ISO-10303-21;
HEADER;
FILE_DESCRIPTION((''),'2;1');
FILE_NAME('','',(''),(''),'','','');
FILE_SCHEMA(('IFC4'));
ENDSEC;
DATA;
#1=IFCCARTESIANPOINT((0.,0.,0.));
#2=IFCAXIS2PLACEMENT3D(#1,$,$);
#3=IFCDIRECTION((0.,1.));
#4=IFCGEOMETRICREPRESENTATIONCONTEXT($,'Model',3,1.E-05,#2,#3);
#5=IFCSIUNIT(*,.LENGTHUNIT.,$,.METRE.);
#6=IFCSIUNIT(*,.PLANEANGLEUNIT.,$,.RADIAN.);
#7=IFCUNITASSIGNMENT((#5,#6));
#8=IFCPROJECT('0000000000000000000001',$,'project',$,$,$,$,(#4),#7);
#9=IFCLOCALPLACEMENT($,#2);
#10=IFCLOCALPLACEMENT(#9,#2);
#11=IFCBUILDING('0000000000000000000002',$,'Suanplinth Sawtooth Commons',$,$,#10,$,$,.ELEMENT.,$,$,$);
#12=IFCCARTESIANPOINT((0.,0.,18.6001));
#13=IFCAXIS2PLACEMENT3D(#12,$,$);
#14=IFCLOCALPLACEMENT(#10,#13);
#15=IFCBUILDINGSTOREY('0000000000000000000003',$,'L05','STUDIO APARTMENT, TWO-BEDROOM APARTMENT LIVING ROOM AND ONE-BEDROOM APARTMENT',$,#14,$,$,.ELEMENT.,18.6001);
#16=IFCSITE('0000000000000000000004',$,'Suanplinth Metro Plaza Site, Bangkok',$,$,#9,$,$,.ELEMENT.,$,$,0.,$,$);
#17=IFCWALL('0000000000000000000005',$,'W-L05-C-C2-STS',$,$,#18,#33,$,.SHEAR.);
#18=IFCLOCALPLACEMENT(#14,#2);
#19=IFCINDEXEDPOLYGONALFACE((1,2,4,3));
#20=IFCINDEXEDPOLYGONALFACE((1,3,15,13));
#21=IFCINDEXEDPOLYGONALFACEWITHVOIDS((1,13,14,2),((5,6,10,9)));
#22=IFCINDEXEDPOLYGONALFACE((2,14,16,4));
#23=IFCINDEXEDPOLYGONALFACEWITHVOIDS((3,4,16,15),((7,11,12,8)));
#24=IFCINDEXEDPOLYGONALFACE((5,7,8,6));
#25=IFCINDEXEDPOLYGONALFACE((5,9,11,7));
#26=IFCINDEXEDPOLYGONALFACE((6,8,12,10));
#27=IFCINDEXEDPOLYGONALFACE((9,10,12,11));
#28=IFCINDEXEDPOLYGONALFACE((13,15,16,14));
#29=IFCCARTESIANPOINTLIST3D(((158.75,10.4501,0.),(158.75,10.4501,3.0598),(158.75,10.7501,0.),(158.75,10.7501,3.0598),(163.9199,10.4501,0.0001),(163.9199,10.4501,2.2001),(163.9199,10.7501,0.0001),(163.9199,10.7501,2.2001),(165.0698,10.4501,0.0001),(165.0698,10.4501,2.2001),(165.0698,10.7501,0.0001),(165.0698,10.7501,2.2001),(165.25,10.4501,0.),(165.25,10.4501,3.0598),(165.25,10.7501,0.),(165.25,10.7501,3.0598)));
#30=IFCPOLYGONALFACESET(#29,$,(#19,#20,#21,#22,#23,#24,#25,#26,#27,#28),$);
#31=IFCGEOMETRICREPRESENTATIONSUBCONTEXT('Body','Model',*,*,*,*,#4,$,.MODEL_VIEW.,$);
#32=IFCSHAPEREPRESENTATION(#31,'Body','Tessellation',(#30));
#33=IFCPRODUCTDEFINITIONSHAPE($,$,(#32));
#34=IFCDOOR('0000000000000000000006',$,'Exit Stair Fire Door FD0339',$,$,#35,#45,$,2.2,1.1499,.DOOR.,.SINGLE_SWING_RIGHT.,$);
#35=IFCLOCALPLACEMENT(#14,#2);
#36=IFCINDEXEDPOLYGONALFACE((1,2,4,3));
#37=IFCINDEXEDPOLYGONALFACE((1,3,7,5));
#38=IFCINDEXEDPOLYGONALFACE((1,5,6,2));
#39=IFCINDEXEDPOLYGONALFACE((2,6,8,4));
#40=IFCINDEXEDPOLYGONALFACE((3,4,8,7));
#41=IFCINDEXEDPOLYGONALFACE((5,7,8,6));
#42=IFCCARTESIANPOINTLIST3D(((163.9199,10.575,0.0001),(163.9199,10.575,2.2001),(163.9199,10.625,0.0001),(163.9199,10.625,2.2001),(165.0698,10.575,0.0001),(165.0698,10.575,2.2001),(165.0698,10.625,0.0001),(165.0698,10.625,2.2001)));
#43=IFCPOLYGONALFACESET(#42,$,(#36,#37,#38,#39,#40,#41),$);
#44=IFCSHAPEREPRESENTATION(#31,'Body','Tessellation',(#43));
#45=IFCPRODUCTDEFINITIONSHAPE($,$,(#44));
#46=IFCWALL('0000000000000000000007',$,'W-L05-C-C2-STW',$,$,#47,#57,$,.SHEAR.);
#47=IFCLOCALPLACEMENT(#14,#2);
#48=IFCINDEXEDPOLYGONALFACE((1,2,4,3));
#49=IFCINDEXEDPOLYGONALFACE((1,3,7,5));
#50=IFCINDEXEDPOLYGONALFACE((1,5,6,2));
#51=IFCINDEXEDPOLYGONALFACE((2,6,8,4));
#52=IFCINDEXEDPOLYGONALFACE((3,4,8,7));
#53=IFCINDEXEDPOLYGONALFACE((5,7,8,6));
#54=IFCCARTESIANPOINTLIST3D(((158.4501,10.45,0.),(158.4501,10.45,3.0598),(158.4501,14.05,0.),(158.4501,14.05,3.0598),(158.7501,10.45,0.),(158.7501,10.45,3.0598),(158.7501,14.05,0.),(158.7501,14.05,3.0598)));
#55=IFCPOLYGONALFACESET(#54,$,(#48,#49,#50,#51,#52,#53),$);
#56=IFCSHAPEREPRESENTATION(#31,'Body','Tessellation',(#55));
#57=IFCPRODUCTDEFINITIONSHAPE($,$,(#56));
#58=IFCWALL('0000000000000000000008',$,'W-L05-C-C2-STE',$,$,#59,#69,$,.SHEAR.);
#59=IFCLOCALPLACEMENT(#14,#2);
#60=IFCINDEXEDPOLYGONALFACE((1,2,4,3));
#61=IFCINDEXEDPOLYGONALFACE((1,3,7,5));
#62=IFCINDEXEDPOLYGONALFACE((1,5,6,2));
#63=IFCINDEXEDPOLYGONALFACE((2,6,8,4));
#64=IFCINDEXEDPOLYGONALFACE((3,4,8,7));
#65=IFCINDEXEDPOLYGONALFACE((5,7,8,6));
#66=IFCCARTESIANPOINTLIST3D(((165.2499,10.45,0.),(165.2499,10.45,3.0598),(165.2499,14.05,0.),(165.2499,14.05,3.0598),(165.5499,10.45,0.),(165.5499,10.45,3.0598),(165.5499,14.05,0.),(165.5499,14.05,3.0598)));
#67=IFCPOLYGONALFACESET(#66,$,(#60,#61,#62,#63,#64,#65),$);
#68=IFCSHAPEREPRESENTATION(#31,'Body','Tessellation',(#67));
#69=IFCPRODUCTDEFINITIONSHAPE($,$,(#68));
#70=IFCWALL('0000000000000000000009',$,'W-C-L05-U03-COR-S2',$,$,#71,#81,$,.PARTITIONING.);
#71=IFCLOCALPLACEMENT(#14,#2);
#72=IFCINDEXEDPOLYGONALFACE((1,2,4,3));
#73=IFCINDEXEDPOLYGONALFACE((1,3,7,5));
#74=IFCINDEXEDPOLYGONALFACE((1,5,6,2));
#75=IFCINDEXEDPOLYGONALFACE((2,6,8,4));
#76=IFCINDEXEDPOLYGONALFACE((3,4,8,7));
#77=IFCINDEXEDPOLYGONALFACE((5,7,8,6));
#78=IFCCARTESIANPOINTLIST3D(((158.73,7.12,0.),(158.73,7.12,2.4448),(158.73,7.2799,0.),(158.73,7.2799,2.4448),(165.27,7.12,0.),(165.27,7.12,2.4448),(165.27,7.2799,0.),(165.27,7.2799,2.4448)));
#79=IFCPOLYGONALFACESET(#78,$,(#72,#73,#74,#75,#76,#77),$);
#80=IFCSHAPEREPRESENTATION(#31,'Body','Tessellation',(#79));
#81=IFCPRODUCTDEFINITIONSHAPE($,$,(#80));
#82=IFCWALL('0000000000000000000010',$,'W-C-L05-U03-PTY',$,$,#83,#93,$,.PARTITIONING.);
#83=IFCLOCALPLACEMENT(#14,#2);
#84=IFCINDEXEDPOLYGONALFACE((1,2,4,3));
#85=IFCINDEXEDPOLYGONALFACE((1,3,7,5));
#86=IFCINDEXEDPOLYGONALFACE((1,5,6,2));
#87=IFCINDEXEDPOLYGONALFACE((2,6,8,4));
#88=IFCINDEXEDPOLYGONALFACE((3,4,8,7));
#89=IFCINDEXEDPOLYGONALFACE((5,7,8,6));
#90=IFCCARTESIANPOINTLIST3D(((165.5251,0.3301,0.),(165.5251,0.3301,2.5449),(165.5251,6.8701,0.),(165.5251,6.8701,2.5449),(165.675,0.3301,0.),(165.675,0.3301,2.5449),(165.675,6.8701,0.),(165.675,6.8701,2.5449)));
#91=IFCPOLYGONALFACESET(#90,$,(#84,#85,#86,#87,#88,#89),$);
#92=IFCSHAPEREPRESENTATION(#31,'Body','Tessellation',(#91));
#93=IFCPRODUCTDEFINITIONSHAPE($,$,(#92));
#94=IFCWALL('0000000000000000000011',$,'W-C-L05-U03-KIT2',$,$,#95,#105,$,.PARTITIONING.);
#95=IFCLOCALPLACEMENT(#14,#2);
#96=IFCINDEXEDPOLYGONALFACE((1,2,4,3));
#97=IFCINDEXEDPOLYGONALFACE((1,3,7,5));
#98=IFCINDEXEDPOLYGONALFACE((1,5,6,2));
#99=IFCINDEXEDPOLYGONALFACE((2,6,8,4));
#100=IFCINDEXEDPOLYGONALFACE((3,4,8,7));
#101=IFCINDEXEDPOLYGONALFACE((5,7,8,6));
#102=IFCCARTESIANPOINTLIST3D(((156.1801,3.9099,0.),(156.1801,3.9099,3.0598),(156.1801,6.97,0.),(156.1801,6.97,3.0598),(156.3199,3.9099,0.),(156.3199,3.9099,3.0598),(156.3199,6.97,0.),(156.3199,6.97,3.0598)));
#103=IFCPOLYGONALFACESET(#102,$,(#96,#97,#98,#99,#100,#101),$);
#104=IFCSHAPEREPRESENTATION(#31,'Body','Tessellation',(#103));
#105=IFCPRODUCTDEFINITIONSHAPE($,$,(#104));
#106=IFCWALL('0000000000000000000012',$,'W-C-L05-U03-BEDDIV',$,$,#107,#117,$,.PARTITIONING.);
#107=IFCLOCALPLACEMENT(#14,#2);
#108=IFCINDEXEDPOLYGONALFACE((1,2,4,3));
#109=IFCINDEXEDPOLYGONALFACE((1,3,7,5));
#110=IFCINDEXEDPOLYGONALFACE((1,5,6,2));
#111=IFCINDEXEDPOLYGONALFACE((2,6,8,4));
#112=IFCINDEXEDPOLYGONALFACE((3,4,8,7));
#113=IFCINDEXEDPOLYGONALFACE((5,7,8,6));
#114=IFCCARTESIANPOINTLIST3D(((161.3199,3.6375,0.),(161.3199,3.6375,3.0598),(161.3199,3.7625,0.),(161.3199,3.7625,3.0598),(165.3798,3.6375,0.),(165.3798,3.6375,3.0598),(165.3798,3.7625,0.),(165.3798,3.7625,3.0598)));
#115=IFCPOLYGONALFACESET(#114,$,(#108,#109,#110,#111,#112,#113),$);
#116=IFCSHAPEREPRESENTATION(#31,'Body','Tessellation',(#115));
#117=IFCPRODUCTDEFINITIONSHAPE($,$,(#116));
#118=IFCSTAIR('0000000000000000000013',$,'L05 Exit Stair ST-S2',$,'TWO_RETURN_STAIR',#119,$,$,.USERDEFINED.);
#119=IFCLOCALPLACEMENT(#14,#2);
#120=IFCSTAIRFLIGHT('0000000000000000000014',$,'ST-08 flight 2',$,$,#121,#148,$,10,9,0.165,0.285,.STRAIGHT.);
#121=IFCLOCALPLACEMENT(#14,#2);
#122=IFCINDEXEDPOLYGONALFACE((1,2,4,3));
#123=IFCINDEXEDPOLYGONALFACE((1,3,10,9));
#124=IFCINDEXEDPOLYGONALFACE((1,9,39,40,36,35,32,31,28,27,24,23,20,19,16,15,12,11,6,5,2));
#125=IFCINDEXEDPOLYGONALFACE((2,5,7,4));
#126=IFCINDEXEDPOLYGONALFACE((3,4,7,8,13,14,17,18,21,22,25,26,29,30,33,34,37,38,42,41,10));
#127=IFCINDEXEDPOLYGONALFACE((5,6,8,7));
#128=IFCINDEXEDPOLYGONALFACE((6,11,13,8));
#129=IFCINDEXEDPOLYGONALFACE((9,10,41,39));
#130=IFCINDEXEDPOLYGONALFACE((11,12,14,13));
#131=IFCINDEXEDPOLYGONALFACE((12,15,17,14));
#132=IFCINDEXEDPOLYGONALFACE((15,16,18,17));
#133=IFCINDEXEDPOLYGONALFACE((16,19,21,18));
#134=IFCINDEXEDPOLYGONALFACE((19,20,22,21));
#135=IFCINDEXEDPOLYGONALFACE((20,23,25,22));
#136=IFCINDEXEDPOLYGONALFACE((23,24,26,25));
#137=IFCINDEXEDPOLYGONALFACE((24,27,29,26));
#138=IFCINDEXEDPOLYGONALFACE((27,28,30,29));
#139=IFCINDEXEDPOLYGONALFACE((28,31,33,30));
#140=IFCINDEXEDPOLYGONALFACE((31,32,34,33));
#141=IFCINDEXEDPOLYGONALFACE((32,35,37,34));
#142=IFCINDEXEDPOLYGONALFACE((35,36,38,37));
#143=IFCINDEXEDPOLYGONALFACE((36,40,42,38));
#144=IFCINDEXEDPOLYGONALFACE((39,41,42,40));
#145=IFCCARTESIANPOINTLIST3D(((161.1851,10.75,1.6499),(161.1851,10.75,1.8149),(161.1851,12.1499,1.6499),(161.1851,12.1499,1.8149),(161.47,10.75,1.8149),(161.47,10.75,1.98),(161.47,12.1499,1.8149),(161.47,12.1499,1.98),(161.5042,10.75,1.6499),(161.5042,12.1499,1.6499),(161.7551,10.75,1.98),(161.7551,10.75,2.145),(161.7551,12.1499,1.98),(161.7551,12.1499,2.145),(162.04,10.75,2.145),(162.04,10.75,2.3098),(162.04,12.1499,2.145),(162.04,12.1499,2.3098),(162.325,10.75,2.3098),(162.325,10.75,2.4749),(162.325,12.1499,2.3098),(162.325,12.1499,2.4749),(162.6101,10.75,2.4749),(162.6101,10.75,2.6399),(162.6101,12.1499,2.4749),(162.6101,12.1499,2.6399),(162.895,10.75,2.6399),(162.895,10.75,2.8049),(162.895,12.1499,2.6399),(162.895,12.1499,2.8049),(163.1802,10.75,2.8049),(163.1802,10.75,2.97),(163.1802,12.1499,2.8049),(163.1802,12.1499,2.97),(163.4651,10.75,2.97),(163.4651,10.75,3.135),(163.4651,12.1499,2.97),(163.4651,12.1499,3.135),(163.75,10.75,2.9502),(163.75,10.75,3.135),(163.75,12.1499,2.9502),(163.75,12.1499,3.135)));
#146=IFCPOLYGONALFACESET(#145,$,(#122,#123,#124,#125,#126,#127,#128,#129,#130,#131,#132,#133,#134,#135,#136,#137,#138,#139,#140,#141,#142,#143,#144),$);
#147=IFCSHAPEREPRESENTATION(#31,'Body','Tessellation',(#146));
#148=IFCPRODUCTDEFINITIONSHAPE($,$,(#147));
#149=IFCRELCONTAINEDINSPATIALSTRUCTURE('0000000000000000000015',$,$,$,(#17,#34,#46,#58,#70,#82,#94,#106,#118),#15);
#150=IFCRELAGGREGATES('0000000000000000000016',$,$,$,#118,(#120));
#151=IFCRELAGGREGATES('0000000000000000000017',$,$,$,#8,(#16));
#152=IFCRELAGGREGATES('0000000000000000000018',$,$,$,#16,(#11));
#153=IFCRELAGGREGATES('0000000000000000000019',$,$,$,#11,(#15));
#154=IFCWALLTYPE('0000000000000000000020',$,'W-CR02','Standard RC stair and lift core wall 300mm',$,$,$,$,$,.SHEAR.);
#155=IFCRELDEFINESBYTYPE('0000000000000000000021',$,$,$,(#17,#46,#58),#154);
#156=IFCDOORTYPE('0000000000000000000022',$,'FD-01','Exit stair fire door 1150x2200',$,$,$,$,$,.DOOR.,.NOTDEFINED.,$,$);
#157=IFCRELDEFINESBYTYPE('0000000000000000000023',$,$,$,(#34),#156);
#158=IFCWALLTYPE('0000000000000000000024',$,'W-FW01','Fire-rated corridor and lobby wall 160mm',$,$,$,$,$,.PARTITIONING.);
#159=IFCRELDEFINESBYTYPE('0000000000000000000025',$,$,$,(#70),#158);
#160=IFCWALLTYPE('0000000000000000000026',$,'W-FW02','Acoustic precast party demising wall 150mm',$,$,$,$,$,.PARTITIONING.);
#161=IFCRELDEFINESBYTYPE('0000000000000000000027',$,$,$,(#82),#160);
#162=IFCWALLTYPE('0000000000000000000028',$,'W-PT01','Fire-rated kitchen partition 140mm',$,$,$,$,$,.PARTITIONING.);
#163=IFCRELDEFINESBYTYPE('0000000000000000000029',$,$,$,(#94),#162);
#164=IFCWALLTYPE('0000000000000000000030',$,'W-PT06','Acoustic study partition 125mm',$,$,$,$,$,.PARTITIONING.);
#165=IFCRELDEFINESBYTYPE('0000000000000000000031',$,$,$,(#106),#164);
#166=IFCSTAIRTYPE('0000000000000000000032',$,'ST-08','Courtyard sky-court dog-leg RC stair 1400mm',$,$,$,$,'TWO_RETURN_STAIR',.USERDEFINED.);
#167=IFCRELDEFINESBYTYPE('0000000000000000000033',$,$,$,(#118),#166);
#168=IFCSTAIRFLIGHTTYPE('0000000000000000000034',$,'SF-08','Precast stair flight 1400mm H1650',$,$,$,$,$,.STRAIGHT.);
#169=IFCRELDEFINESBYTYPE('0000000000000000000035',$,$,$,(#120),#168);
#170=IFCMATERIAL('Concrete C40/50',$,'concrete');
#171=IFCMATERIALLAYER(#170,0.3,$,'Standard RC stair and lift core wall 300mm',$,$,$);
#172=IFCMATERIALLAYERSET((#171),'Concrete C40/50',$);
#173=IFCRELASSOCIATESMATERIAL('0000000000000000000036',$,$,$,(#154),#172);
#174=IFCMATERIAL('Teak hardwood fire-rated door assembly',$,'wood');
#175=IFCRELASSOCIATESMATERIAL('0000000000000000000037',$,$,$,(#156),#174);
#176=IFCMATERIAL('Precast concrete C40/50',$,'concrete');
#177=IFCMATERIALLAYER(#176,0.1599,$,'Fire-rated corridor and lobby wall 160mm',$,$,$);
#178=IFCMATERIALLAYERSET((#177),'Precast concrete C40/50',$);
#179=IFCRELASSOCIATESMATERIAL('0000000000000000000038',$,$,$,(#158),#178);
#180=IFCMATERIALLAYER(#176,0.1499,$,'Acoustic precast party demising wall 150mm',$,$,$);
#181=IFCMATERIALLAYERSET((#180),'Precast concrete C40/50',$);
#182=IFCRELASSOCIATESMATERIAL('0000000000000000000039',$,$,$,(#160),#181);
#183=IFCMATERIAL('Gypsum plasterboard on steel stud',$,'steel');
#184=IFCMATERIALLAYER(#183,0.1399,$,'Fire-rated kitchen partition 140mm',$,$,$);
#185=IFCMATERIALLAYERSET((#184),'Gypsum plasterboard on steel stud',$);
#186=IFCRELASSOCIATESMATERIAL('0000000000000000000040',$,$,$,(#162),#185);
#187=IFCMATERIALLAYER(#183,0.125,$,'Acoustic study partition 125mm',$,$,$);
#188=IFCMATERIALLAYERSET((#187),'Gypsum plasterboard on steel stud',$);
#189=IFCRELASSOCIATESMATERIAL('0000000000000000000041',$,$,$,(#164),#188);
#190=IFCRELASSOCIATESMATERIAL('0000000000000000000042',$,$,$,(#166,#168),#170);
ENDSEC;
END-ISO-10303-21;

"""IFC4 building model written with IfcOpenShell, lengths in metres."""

from ifc_helpers import new_model, si_unit, direction, frame, frame_2d, origin, place, context, subcontext, project, spatial, polyline, rectangle, outline, extrude, material, layer, layer_set, type_object, element, fill, aggregate, save


model = new_model("IFC4")

# Units and contexts
model_context = context("Model", 3, precision=1e-05, world=origin(), true_north=direction((0.0, 1.0)))
body_context = subcontext(model_context, "Body", "Model", "MODEL_VIEW")
ifc_project = project(units=[si_unit("LENGTHUNIT", "METRE"), si_unit("PLANEANGLEUNIT", "RADIAN")], contexts=[model_context])

# Site, building, storey
site_placement = place(None, origin())
site = spatial("IfcSite", under=ifc_project, at=site_placement, Name="Suanplinth Metro Plaza Site, Bangkok", CompositionType="ELEMENT", RefElevation=0.0)
building_placement = place(site_placement, origin())
building = spatial("IfcBuilding", under=site, at=building_placement, Name="Suanplinth Sawtooth Commons", CompositionType="ELEMENT")
storey_placement = place(building_placement, frame((0.0, 0.0, 18.6001)))
storey = spatial("IfcBuildingStorey", under=building, at=storey_placement, Name="L05", Description="STUDIO APARTMENT, TWO-BEDROOM APARTMENT LIVING ROOM AND ONE-BEDROOM APARTMENT", CompositionType="ELEMENT", Elevation=18.6001)

# Shared definitions
ifc_material_1 = material(Name="Precast concrete C40/50", Category="concrete")

# Wall, opening, door
ifc_material_2 = material(Name="Concrete C40/50", Category="concrete")
ifc_layer_1 = layer(ifc_material_2, 0.3, Name="Standard RC stair and lift core wall 300mm")
ifc_layer_set_1 = layer_set([ifc_layer_1], Name="Concrete C40/50")
wall_type_1 = type_object("IfcWallType", Name="W-CR02", Description="Standard RC stair and lift core wall 300mm", PredefinedType="SHEAR", material=ifc_layer_set_1)
wall_1_placement = place(storey_placement, frame((158.75, 10.6001, 0.0), z_axis=(0.0, 0.0, 1.0), x_axis=(1.0, 0.0, 0.0)))
wall_1 = element("IfcWall", 1, at=wall_1_placement, inside=storey, type_object=wall_type_1, Name="W-L05-C-C2-STS", PredefinedType="SHEAR", context=body_context, shape_type="SweptSolid", body=[
    extrude(rectangle(XDim=6.5, YDim=0.3, at=frame_2d((3.25, 0.0))), origin(), (0.0, 0.0, 1.0), 3.0598),
])
opening_1_placement = place(wall_1_placement, frame((5.1699, 0.0, 0.0)))
opening_1 = element("IfcOpeningElement", 2, at=opening_1_placement, cuts=wall_1, PredefinedType="OPENING", context=body_context, shape_type="SweptSolid", body=[
    extrude(rectangle(XDim=1.1499, YDim=2.2, at=frame_2d((0.575, 1.1001))), frame((0.0, 0.165, 0.0), z_axis=(0.0, -1.0, 0.0), x_axis=(1.0, 0.0, 0.0)), (0.0, 0.0, 1.0), 0.3298),
])
ifc_material_3 = material(Name="Teak hardwood fire-rated door assembly", Category="wood")
door_type_1 = type_object("IfcDoorType", Name="FD-01", Description="Exit stair fire door 1150x2200", OperationType="NOTDEFINED", PredefinedType="DOOR", material=ifc_material_3)
door_1_placement = place(opening_1_placement, origin())
door_1 = element("IfcDoor", 3, at=door_1_placement, inside=storey, type_object=door_type_1, Name="Exit Stair Fire Door FD0339", OperationType="SINGLE_SWING_RIGHT", OverallHeight=2.2, OverallWidth=1.1499, PredefinedType="DOOR", context=body_context, shape_type="SweptSolid", body=[
    extrude(rectangle(XDim=1.1499, YDim=2.2, at=frame_2d((0.575, 1.1001))), frame((0.0, 0.0249, 0.0), z_axis=(0.0, -1.0, 0.0), x_axis=(1.0, 0.0, 0.0)), (0.0, 0.0, 1.0), 0.05),
])
fill(opening_1, door_1)

# Walls
for number, where, z_axis, x_axis, name in (
    (4, (158.6001, 10.45, 0.0), (0.0, 0.0, 1.0), (0.0, 1.0, 0.0), "W-L05-C-C2-STW"),
    (5, (165.3999, 10.45, 0.0), (0.0, 0.0, 1.0), (0.0, 1.0, 0.0), "W-L05-C-C2-STE"),
):
    element("IfcWall", number, at=place(storey_placement, frame(where, z_axis=z_axis, x_axis=x_axis)), inside=storey, type_object=wall_type_1, Name=name, PredefinedType="SHEAR", context=body_context, shape_type="SweptSolid", body=[
        extrude(rectangle(XDim=3.6001, YDim=0.3, at=frame_2d((1.8, 0.0))), origin(), (0.0, 0.0, 1.0), 3.0598),
    ])

# Walls
ifc_layer_2 = layer(ifc_material_1, 0.1599, Name="Fire-rated corridor and lobby wall 160mm")
ifc_layer_set_2 = layer_set([ifc_layer_2], Name="Precast concrete C40/50")
wall_type_2 = type_object("IfcWallType", Name="W-FW01", Description="Fire-rated corridor and lobby wall 160mm", PredefinedType="PARTITIONING", material=ifc_layer_set_2)
wall_2_placement = place(storey_placement, frame((158.73, 7.2, 0.0), z_axis=(0.0, 0.0, 1.0), x_axis=(1.0, 0.0, 0.0)))
element("IfcWall", 6, at=wall_2_placement, inside=storey, type_object=wall_type_2, Name="W-C-L05-U03-COR-S2", PredefinedType="PARTITIONING", context=body_context, shape_type="SweptSolid", body=[
    extrude(rectangle(XDim=6.54, YDim=0.1599, at=frame_2d((3.27, 0.0))), origin(), (0.0, 0.0, 1.0), 2.4448),
])
ifc_layer_3 = layer(ifc_material_1, 0.1499, Name="Acoustic precast party demising wall 150mm")
ifc_layer_set_3 = layer_set([ifc_layer_3], Name="Precast concrete C40/50")
wall_type_3 = type_object("IfcWallType", Name="W-FW02", Description="Acoustic precast party demising wall 150mm", PredefinedType="PARTITIONING", material=ifc_layer_set_3)
wall_3_placement = place(storey_placement, frame((165.6001, 0.3301, 0.0), z_axis=(0.0, 0.0, 1.0), x_axis=(0.0, 1.0, 0.0)))
element("IfcWall", 7, at=wall_3_placement, inside=storey, type_object=wall_type_3, Name="W-C-L05-U03-PTY", PredefinedType="PARTITIONING", context=body_context, shape_type="SweptSolid", body=[
    extrude(rectangle(XDim=6.54, YDim=0.1499, at=frame_2d((3.27, 0.0))), origin(), (0.0, 0.0, 1.0), 2.5449),
])
ifc_material_4 = material(Name="Gypsum plasterboard on steel stud", Category="steel")
ifc_layer_4 = layer(ifc_material_4, 0.1399, Name="Fire-rated kitchen partition 140mm")
ifc_layer_set_4 = layer_set([ifc_layer_4], Name="Gypsum plasterboard on steel stud")
wall_type_4 = type_object("IfcWallType", Name="W-PT01", Description="Fire-rated kitchen partition 140mm", PredefinedType="PARTITIONING", material=ifc_layer_set_4)
wall_4_placement = place(storey_placement, frame((156.25, 3.9099, 0.0), z_axis=(0.0, 0.0, 1.0), x_axis=(0.0, 1.0, 0.0)))
element("IfcWall", 8, at=wall_4_placement, inside=storey, type_object=wall_type_4, Name="W-C-L05-U03-KIT2", PredefinedType="PARTITIONING", context=body_context, shape_type="SweptSolid", body=[
    extrude(rectangle(XDim=3.0601, YDim=0.1399, at=frame_2d((1.53, 0.0))), origin(), (0.0, 0.0, 1.0), 3.0598),
])

# Wall
ifc_layer_5 = layer(ifc_material_4, 0.125, Name="Acoustic study partition 125mm")
ifc_layer_set_5 = layer_set([ifc_layer_5], Name="Gypsum plasterboard on steel stud")
wall_type_5 = type_object("IfcWallType", Name="W-PT06", Description="Acoustic study partition 125mm", PredefinedType="PARTITIONING", material=ifc_layer_set_5)
wall_5_placement = place(storey_placement, frame((161.3201, 3.7, 0.0), z_axis=(0.0, 0.0, 1.0), x_axis=(1.0, 0.0, 0.0)))
element("IfcWall", 9, at=wall_5_placement, inside=storey, type_object=wall_type_5, Name="W-C-L05-U03-BEDDIV", PredefinedType="PARTITIONING", context=body_context, shape_type="SweptSolid", body=[
    extrude(rectangle(XDim=4.0598, YDim=0.125, at=frame_2d((2.0298, 0.0))), origin(), (0.0, 0.0, 1.0), 3.0598),
])

# Stair, stair flight
stair_type = type_object("IfcStairType", Name="ST-08", Description="Courtyard sky-court dog-leg RC stair 1400mm", ElementType="TWO_RETURN_STAIR", PredefinedType="USERDEFINED", material=ifc_material_2)
stair_placement = place(storey_placement, origin())
stair = element("IfcStair", 10, at=stair_placement, inside=storey, type_object=stair_type, Name="L05 Exit Stair ST-S2", ObjectType="TWO_RETURN_STAIR", PredefinedType="USERDEFINED")
stair_flight_type = type_object("IfcStairFlightType", Name="SF-08", Description="Precast stair flight 1400mm H1650", PredefinedType="STRAIGHT", material=ifc_material_2)
stair_flight_placement = place(storey_placement, frame((161.1851, 11.45, 1.6499), z_axis=(0.0, 0.0, 1.0), x_axis=(1.0, 0.0, 0.0)))
stair_flight = element("IfcStairFlight", 11, at=stair_flight_placement, type_object=stair_flight_type, Name="ST-08 flight 2", NumberOfRisers=10, NumberOfTreads=9, PredefinedType="STRAIGHT", RiserHeight=0.165, TreadLength=0.285, context=body_context, shape_type="SweptSolid", body=[
    extrude(outline(polyline([(0.0, 0.0), (0.0, 0.165), (0.2849, 0.165), (0.2849, 0.3301), (0.5701, 0.3301), (0.5701, 0.4951), (0.855, 0.4951), (0.855, 0.6599), (1.1399, 0.6599), (1.1399, 0.825), (1.425, 0.825), (1.425, 0.99), (1.71, 0.99), (1.71, 1.155), (1.9951, 1.155), (1.9951, 1.3201), (2.28, 1.3201), (2.28, 1.4851), (2.5649, 1.4851), (2.5649, 1.6499), (2.5649, 1.3003), (0.3191, 0.0), (0.0, 0.0)])), frame((0.0, 0.7, 0.0), z_axis=(0.0, -1.0, 0.0), x_axis=(1.0, 0.0, 0.0)), (0.0, 0.0, 1.0), 1.3999),
])
aggregate(stair, [stair_flight])

save(model, "model.ifc")
